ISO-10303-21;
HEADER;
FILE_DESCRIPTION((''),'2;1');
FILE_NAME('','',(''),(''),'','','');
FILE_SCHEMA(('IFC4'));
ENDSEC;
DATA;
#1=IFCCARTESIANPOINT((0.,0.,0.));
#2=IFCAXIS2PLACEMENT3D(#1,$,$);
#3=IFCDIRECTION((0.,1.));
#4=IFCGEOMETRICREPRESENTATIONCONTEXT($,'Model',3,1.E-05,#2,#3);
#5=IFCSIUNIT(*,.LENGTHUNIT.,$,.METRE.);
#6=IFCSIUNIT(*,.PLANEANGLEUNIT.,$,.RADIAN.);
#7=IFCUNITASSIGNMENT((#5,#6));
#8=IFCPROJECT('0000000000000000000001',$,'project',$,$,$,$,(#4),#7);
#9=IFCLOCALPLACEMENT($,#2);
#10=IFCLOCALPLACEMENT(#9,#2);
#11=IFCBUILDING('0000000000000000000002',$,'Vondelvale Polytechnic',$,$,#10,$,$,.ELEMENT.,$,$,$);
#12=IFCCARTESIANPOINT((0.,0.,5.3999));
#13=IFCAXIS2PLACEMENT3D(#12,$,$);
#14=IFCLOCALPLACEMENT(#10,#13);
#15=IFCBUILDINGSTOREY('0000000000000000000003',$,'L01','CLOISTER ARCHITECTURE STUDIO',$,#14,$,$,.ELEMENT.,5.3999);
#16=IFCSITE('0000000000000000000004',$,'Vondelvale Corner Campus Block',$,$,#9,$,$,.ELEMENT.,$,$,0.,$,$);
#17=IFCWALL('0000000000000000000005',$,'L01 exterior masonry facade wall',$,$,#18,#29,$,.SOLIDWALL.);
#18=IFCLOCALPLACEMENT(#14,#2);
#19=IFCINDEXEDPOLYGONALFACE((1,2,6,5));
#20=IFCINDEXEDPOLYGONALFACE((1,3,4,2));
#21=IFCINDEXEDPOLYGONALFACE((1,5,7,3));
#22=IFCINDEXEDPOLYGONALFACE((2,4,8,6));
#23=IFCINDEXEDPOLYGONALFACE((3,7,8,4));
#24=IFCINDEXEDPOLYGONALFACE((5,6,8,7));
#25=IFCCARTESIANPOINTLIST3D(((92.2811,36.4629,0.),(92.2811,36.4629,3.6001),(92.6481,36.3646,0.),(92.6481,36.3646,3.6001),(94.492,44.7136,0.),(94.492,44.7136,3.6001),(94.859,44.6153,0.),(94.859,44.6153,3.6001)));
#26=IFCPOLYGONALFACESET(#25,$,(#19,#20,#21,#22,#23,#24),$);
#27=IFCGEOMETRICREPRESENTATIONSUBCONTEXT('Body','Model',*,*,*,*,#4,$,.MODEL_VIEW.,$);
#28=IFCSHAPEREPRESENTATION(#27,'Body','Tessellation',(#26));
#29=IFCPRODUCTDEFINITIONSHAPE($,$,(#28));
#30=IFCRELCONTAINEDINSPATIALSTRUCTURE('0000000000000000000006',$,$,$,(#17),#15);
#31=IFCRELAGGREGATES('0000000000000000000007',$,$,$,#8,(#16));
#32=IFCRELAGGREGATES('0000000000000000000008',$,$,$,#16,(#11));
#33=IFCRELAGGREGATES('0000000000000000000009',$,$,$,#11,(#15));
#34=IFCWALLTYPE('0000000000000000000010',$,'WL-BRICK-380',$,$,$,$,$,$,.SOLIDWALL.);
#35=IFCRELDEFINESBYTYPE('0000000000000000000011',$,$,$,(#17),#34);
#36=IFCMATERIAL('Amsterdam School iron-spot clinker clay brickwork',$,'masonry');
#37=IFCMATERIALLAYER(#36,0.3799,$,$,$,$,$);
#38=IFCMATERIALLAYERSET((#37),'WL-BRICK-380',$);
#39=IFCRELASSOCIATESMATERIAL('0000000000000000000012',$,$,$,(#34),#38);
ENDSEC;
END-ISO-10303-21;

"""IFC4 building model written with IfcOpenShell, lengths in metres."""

from ifc_helpers import new_model, si_unit, direction, frame, frame_2d, origin, place, context, subcontext, project, spatial, rectangle, extrude, material, layer, layer_set, type_object, element, save


model = new_model("IFC4")

# Units and contexts
model_context = context("Model", 3, precision=1e-05, world=origin(), true_north=direction((0.0, 1.0)))
body_context = subcontext(model_context, "Body", "Model", "MODEL_VIEW")
ifc_project = project(units=[si_unit("LENGTHUNIT", "METRE"), si_unit("PLANEANGLEUNIT", "RADIAN")], contexts=[model_context])

# Site, building, storey
site_placement = place(None, origin())
site = spatial("IfcSite", under=ifc_project, at=site_placement, Name="Vondelvale Corner Campus Block", CompositionType="ELEMENT", RefElevation=0.0)
building_placement = place(site_placement, origin())
building = spatial("IfcBuilding", under=site, at=building_placement, Name="Vondelvale Polytechnic", CompositionType="ELEMENT")
storey_placement = place(building_placement, frame((0.0, 0.0, 5.3999)))
storey = spatial("IfcBuildingStorey", under=building, at=storey_placement, Name="L01", Description="CLOISTER ARCHITECTURE STUDIO", CompositionType="ELEMENT", Elevation=5.3999)

# Wall
ifc_material_1 = material(Name="Amsterdam School iron-spot clinker clay brickwork", Category="masonry")
ifc_layer_1 = layer(ifc_material_1, 0.3799)
ifc_layer_set_1 = layer_set([ifc_layer_1], Name="WL-BRICK-380")
wall_type = type_object("IfcWallType", Name="WL-BRICK-380", PredefinedType="SOLIDWALL", material=ifc_layer_set_1)
wall_placement = place(storey_placement, frame((94.6755, 44.6646, 0.0), z_axis=(0.0, 0.0, 1.0), x_axis=(-0.258837, -0.965921, 0.0)))
element("IfcWall", 1, at=wall_placement, inside=storey, type_object=wall_type, Name="L01 exterior masonry facade wall", PredefinedType="SOLIDWALL", context=body_context, shape_type="SweptSolid", body=[
    extrude(rectangle(XDim=8.5417, YDim=0.3799, at=frame_2d((4.271, 0.0))), origin(), (0.0, 0.0, 1.0), 3.6001),
])

save(model, "model.ifc")
